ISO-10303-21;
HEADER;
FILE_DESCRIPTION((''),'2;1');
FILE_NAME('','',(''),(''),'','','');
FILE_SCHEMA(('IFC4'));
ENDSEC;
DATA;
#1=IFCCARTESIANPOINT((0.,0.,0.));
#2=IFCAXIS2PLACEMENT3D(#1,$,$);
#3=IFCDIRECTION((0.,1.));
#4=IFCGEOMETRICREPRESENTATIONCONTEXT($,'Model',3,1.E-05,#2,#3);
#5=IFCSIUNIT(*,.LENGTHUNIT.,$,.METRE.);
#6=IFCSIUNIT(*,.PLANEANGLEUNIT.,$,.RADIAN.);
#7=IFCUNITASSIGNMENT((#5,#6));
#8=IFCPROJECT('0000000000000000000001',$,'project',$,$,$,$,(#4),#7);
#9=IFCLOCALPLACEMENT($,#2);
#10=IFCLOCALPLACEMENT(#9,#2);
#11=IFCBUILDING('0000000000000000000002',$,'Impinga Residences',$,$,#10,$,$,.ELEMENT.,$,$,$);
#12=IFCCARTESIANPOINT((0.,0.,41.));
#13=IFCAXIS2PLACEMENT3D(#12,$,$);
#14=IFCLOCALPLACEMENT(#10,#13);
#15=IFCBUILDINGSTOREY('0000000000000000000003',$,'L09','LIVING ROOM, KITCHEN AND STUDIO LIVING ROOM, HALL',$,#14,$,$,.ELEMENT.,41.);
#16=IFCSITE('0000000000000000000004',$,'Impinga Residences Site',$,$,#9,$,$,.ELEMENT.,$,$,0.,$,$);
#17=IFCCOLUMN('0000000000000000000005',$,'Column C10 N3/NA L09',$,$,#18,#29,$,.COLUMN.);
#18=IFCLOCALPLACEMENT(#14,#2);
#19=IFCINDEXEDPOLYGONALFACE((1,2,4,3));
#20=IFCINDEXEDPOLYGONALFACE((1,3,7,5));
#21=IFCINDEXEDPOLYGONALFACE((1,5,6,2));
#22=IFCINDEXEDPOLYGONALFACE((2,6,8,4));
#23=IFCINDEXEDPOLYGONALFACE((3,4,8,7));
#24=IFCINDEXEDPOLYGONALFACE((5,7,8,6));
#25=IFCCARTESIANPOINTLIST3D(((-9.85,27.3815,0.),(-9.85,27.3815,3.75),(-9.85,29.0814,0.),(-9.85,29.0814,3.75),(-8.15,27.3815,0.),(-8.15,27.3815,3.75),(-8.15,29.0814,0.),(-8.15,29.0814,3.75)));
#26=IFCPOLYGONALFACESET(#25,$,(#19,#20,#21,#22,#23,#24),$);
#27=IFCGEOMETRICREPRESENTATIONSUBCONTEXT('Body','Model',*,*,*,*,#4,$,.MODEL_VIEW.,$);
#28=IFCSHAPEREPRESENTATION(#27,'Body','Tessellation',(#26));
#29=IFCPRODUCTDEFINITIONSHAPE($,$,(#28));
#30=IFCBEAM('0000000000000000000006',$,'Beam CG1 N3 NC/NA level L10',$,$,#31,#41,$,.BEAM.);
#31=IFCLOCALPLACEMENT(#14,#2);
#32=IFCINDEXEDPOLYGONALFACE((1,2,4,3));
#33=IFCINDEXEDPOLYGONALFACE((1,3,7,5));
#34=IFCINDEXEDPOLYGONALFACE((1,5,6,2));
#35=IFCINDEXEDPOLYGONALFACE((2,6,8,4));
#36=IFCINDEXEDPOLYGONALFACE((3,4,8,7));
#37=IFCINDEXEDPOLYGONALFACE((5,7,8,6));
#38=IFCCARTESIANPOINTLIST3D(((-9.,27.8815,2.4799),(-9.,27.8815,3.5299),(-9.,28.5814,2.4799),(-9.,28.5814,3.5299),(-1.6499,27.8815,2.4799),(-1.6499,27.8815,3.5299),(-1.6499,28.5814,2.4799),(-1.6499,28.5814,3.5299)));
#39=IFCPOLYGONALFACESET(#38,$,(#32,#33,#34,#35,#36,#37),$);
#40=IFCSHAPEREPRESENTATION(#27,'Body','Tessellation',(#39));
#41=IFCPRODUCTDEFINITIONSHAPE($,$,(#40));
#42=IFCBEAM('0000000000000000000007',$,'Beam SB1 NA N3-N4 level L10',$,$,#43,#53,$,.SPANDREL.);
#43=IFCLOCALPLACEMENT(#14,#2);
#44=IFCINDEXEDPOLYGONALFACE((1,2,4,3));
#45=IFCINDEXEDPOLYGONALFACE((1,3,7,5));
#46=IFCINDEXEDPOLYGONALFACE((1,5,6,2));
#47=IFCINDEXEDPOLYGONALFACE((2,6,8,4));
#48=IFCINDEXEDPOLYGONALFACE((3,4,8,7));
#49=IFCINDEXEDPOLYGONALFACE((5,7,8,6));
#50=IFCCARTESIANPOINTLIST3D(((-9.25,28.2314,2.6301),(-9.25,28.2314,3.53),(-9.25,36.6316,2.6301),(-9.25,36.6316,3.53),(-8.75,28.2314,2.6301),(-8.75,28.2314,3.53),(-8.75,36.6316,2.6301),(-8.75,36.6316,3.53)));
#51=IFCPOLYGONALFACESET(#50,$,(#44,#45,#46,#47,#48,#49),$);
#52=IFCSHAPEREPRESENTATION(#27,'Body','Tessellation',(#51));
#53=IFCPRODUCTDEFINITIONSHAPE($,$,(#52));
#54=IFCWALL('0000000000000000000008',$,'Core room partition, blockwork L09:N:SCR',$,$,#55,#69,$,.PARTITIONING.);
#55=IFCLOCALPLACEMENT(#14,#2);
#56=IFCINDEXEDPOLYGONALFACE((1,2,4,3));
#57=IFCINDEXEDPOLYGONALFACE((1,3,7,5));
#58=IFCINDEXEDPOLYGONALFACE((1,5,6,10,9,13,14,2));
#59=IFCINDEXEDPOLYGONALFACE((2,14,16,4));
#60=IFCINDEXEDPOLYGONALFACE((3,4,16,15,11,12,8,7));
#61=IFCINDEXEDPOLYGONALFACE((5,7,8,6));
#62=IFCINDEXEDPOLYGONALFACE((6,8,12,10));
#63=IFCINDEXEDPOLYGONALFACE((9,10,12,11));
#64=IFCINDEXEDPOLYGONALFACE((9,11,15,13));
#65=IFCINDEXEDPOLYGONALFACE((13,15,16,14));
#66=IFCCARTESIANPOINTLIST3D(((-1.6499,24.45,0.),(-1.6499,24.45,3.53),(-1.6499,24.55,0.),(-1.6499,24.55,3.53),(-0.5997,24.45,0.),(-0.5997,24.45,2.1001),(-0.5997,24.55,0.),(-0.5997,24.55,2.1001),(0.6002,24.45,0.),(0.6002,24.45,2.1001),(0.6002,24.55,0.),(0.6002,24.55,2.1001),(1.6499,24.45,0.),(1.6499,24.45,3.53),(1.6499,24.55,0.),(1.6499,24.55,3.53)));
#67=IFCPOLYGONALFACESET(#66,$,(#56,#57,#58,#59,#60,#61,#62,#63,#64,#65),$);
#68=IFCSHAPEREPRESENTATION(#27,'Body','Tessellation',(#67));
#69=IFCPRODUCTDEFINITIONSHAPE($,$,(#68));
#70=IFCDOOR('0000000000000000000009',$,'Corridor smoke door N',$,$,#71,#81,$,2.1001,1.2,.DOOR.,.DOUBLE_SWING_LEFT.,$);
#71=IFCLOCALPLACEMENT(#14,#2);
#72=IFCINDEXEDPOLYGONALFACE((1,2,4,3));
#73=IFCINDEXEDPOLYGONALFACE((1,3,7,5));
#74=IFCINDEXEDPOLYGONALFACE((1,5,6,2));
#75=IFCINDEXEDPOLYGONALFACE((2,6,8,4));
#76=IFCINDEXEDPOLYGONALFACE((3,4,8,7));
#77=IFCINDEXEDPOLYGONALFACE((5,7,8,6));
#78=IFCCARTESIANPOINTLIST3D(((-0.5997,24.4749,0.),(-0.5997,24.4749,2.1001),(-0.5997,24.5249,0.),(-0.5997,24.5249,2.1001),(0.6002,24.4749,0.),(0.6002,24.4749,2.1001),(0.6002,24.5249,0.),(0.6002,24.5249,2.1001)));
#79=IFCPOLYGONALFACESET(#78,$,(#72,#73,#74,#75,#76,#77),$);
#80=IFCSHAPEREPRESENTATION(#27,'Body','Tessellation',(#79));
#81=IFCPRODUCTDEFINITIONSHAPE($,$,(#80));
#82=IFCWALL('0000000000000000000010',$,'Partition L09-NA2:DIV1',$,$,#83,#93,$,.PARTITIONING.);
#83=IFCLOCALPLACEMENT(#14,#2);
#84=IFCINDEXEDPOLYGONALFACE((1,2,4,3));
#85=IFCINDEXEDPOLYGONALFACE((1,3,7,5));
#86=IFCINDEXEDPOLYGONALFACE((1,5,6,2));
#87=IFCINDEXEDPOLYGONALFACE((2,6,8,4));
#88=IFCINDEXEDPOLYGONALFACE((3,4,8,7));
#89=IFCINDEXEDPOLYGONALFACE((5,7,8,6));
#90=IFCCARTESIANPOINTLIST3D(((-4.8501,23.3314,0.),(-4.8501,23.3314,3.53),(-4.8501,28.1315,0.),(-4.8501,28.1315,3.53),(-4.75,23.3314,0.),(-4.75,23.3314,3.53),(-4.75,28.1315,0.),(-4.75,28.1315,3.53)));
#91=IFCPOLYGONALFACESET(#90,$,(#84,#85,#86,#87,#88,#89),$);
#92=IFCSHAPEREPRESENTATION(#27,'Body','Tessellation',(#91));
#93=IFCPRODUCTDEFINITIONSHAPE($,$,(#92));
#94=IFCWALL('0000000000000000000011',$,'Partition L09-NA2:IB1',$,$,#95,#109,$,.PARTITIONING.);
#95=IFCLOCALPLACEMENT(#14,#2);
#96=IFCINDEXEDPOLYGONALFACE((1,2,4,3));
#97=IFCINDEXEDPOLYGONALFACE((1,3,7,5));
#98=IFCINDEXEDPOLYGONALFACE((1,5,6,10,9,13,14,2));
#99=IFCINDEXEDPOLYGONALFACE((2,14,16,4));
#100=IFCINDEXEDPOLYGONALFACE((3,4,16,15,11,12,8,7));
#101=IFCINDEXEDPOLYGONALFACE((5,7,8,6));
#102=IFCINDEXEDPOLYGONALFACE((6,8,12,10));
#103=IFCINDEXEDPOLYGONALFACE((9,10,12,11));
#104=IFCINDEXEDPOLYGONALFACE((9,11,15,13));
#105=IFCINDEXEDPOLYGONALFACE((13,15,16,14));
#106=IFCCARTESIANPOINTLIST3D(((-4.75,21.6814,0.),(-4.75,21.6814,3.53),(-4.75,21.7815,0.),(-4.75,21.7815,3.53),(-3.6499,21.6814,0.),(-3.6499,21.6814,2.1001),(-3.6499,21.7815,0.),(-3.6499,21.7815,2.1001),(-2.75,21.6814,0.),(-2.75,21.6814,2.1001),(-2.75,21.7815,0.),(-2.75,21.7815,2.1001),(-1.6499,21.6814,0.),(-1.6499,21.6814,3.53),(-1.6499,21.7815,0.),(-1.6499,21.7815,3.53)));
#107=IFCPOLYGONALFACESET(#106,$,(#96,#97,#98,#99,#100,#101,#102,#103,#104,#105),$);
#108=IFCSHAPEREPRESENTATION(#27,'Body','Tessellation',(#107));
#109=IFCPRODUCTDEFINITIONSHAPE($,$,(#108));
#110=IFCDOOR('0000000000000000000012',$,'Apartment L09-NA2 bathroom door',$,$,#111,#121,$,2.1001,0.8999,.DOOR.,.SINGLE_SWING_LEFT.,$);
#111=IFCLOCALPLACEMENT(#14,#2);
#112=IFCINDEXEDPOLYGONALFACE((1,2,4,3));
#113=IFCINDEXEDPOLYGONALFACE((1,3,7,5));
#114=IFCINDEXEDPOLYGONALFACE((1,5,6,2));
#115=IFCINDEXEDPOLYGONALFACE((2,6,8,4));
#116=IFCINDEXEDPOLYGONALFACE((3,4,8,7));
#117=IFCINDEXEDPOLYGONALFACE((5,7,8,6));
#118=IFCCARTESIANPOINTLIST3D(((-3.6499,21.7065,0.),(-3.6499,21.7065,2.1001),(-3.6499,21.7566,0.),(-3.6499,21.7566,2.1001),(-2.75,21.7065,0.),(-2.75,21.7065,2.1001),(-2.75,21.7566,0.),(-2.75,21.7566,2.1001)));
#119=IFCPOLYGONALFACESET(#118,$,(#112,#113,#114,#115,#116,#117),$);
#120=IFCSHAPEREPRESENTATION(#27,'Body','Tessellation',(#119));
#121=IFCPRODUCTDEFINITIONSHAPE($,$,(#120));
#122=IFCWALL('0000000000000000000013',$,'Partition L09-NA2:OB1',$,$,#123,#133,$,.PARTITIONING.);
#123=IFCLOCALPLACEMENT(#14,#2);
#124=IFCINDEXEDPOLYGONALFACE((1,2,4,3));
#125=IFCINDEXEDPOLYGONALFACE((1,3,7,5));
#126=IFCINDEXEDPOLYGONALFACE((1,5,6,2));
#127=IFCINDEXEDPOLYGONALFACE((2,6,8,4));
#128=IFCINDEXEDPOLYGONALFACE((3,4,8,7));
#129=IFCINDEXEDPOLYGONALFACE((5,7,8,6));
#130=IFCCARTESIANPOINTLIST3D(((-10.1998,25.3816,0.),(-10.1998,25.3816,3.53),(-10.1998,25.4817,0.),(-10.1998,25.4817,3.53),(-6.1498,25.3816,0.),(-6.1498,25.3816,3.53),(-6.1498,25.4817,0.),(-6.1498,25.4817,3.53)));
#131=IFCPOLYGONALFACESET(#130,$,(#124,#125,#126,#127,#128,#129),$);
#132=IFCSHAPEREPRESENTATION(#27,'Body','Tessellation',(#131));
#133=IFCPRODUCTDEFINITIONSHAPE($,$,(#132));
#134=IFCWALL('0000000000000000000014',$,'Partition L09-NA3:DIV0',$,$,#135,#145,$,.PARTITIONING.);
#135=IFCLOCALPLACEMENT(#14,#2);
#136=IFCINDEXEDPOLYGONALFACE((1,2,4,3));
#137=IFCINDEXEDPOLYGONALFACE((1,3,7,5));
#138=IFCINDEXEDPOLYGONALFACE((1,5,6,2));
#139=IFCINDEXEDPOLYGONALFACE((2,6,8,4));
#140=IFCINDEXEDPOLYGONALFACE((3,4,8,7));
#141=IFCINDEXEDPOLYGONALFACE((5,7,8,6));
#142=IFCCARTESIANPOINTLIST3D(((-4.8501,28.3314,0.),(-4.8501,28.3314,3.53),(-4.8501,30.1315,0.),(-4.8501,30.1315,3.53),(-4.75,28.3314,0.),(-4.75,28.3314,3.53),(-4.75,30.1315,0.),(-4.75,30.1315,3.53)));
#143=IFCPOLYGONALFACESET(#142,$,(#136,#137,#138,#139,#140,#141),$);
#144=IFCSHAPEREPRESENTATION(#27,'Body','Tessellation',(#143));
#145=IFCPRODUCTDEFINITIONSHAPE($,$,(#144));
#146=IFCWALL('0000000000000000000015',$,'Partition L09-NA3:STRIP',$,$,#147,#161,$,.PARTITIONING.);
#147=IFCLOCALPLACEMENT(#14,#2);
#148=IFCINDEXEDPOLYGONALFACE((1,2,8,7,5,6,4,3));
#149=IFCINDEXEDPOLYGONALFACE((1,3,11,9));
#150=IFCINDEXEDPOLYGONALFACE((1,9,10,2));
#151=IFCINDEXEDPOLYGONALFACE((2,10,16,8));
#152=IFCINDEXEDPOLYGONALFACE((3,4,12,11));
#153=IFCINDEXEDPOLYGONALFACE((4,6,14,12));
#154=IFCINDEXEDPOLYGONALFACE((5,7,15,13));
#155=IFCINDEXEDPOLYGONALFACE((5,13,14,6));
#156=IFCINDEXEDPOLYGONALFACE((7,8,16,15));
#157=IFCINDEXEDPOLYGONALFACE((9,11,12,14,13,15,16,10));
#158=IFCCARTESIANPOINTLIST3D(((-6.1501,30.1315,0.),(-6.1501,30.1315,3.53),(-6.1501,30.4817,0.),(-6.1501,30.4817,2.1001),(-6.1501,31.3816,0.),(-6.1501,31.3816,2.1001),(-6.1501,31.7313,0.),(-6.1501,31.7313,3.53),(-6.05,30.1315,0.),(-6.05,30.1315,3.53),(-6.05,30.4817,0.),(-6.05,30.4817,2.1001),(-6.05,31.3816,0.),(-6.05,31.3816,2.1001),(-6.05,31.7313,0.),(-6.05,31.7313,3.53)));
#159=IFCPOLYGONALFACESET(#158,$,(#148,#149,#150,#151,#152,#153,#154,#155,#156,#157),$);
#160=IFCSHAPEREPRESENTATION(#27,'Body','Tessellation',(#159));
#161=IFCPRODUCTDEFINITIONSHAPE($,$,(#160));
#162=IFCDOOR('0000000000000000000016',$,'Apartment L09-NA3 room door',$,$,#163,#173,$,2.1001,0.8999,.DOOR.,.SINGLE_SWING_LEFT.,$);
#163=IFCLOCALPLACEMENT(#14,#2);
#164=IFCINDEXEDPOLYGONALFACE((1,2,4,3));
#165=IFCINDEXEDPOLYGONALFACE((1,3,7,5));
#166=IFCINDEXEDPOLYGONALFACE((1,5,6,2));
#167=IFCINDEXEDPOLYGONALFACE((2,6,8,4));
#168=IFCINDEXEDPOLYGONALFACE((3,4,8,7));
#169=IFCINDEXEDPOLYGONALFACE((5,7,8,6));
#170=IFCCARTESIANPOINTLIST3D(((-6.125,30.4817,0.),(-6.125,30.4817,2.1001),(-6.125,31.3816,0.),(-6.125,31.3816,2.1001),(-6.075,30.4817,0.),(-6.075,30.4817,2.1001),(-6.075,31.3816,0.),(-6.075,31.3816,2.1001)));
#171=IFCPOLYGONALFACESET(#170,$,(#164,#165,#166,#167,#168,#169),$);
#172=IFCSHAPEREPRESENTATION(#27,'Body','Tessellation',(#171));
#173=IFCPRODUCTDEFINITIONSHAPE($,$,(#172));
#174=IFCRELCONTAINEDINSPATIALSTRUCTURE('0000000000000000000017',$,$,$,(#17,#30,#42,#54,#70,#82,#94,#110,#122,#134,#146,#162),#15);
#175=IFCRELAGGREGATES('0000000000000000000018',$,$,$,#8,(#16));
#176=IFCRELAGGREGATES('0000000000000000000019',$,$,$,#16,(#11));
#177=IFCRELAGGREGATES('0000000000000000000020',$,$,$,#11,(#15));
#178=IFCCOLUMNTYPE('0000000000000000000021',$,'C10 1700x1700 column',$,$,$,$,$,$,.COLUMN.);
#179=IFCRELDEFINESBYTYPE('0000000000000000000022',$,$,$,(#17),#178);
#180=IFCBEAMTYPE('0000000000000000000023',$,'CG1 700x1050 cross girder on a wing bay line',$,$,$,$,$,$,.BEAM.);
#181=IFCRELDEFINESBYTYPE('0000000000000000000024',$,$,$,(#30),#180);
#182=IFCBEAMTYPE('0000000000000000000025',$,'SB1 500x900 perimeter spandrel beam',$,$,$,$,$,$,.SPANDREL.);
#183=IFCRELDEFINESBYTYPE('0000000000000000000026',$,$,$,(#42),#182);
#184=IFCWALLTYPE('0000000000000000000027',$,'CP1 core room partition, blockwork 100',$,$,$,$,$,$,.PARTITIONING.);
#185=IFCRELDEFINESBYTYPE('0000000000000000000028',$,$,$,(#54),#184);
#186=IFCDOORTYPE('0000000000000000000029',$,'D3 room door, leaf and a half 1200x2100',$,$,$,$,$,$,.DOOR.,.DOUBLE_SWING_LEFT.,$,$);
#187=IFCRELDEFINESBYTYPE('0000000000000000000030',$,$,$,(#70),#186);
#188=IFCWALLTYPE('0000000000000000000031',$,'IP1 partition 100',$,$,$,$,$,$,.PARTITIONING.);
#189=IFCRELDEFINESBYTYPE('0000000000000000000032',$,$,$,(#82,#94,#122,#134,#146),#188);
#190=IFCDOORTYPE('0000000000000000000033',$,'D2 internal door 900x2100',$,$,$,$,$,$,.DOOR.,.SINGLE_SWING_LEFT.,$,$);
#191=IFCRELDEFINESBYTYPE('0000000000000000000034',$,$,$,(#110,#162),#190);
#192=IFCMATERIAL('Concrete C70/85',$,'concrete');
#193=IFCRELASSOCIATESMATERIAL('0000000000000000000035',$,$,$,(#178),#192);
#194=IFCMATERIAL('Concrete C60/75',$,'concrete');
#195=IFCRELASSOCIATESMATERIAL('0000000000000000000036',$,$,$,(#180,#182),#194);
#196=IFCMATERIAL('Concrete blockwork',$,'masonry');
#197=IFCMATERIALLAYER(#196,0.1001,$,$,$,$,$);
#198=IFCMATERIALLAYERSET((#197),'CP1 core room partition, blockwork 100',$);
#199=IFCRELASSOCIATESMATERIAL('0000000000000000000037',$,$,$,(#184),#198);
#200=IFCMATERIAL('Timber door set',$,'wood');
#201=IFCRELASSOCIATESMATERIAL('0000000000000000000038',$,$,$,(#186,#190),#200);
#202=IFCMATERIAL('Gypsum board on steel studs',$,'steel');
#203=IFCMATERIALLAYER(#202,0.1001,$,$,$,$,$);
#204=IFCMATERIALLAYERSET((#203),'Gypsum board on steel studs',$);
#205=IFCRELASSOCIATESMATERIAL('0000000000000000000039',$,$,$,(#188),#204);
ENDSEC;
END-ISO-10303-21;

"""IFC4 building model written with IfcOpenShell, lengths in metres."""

from ifc_helpers import new_model, si_unit, direction, frame, frame_2d, origin, origin_2d, place, context, subcontext, project, spatial, rectangle, extrude, material, layer, layer_set, material_profile, profile_set, type_object, element, fill, save


model = new_model("IFC4")

# Units and contexts
model_context = context("Model", 3, precision=1e-05, world=origin(), true_north=direction((0.0, 1.0)))
body_context = subcontext(model_context, "Body", "Model", "MODEL_VIEW")
ifc_project = project(units=[si_unit("LENGTHUNIT", "METRE"), si_unit("PLANEANGLEUNIT", "RADIAN")], contexts=[model_context])

# Site, building, storey
site_placement = place(None, origin())
site = spatial("IfcSite", under=ifc_project, at=site_placement, Name="Impinga Residences Site", CompositionType="ELEMENT", RefElevation=0.0)
building_placement = place(site_placement, origin())
building = spatial("IfcBuilding", under=site, at=building_placement, Name="Impinga Residences", CompositionType="ELEMENT")
storey_placement = place(building_placement, frame((0.0, 0.0, 41.0)))
storey = spatial("IfcBuildingStorey", under=building, at=storey_placement, Name="L09", Description="LIVING ROOM, KITCHEN AND STUDIO LIVING ROOM, HALL", CompositionType="ELEMENT", Elevation=41.0)

# Column
ifc_material_1 = material(Name="Concrete C70/85", Category="concrete")
ifc_material_profile_1 = material_profile(ifc_material_1, rectangle(XDim=1.7, YDim=1.7, at=origin_2d()), Name="RC 1700x1700")
ifc_profile_set_1 = profile_set([ifc_material_profile_1], Name="Concrete C70/85")
column_type = type_object("IfcColumnType", Name="C10 1700x1700 column", PredefinedType="COLUMN", material=ifc_profile_set_1)
column_placement = place(storey_placement, frame((-9.0, 28.2314, 0.0), z_axis=(0.0, 0.0, 1.0), x_axis=(1.0, 0.0, 0.0)))
element("IfcColumn", 1, at=column_placement, inside=storey, type_object=column_type, Name="Column C10 N3/NA L09", PredefinedType="COLUMN", context=body_context, shape_type="SweptSolid", body=[
    extrude(rectangle(XDim=1.7, YDim=1.7, at=origin_2d()), origin(), (0.0, 0.0, 1.0), 3.75),
])

# Beams
ifc_material_2 = material(Name="Concrete C60/75", Category="concrete")
ifc_material_profile_2 = material_profile(ifc_material_2, rectangle(XDim=0.7, YDim=1.05, at=origin_2d()), Name="RC 700x1050")
ifc_profile_set_2 = profile_set([ifc_material_profile_2], Name="Concrete C60/75")
beam_type_1 = type_object("IfcBeamType", Name="CG1 700x1050 cross girder on a wing bay line", PredefinedType="BEAM", material=ifc_profile_set_2)
beam_1_placement = place(storey_placement, frame((-1.6499, 28.2314, 3.0049), z_axis=(-1.0, 0.0, 0.0), x_axis=(0.0, -1.0, 0.0)))
element("IfcBeam", 2, at=beam_1_placement, inside=storey, type_object=beam_type_1, Name="Beam CG1 N3 NC/NA level L10", PredefinedType="BEAM", context=body_context, shape_type="SweptSolid", body=[
    extrude(rectangle(XDim=0.7, YDim=1.05, at=origin_2d()), origin(), (0.0, 0.0, 1.0), 7.3501),
])
ifc_material_profile_3 = material_profile(ifc_material_2, rectangle(XDim=0.5, YDim=0.8999, at=origin_2d()), Name="RC 500x900")
ifc_profile_set_3 = profile_set([ifc_material_profile_3], Name="Concrete C60/75")
beam_type_2 = type_object("IfcBeamType", Name="SB1 500x900 perimeter spandrel beam", PredefinedType="SPANDREL", material=ifc_profile_set_3)
beam_2_placement = place(storey_placement, frame((-9.0, 28.2314, 3.0801), z_axis=(0.0, 1.0, 0.0), x_axis=(-1.0, 0.0, 0.0)))
element("IfcBeam", 3, at=beam_2_placement, inside=storey, type_object=beam_type_2, Name="Beam SB1 NA N3-N4 level L10", PredefinedType="SPANDREL", context=body_context, shape_type="SweptSolid", body=[
    extrude(rectangle(XDim=0.5, YDim=0.8999, at=origin_2d()), origin(), (0.0, 0.0, 1.0), 8.4001),
])

# Wall, opening, door
ifc_material_3 = material(Name="Concrete blockwork", Category="masonry")
ifc_layer_1 = layer(ifc_material_3, 0.1001)
ifc_layer_set_1 = layer_set([ifc_layer_1], Name="CP1 core room partition, blockwork 100")
wall_type_1 = type_object("IfcWallType", Name="CP1 core room partition, blockwork 100", PredefinedType="PARTITIONING", material=ifc_layer_set_1)
wall_1_placement = place(storey_placement, frame((-1.6499, 24.5, 0.0), z_axis=(0.0, 0.0, 1.0), x_axis=(1.0, 0.0, 0.0)))
wall_1 = element("IfcWall", 4, at=wall_1_placement, inside=storey, type_object=wall_type_1, Name="Core room partition, blockwork L09:N:SCR", PredefinedType="PARTITIONING", context=body_context, shape_type="SweptSolid", body=[
    extrude(rectangle(XDim=3.2998, YDim=0.1001, at=frame_2d((1.6499, 0.0))), origin(), (0.0, 0.0, 1.0), 3.53),
])
opening_1_placement = place(wall_1_placement, frame((1.05, 0.0, 0.0)))
opening_1 = element("IfcOpeningElement", 5, at=opening_1_placement, cuts=wall_1, PredefinedType="OPENING", context=body_context, shape_type="SweptSolid", body=[
    extrude(rectangle(XDim=1.2, YDim=2.1001, at=frame_2d((0.6001, 1.05))), frame((0.0, 0.0601, 0.0), z_axis=(0.0, -1.0, 0.0), x_axis=(1.0, 0.0, 0.0)), (0.0, 0.0, 1.0), 0.1201),
])
ifc_material_4 = material(Name="Timber door set", Category="wood")
door_type_1 = type_object("IfcDoorType", Name="D3 room door, leaf and a half 1200x2100", OperationType="DOUBLE_SWING_LEFT", PredefinedType="DOOR", material=ifc_material_4)
door_1_placement = place(opening_1_placement, origin())
door_1 = element("IfcDoor", 6, at=door_1_placement, inside=storey, type_object=door_type_1, Name="Corridor smoke door N", OperationType="DOUBLE_SWING_LEFT", OverallHeight=2.1001, OverallWidth=1.2, PredefinedType="DOOR", context=body_context, shape_type="SweptSolid", body=[
    extrude(rectangle(XDim=1.2, YDim=2.1001, at=frame_2d((0.6001, 1.05))), frame((0.0, 0.0249, 0.0), z_axis=(0.0, -1.0, 0.0), x_axis=(1.0, 0.0, 0.0)), (0.0, 0.0, 1.0), 0.05),
])
fill(opening_1, door_1)

# Wall
ifc_material_5 = material(Name="Gypsum board on steel studs", Category="steel")
ifc_layer_2 = layer(ifc_material_5, 0.1001)
ifc_layer_set_2 = layer_set([ifc_layer_2], Name="Gypsum board on steel studs")
wall_type_2 = type_object("IfcWallType", Name="IP1 partition 100", PredefinedType="PARTITIONING", material=ifc_layer_set_2)
wall_2_placement = place(storey_placement, frame((-4.8, 23.3315, 0.0), z_axis=(0.0, 0.0, 1.0), x_axis=(0.0, 1.0, 0.0)))
element("IfcWall", 7, at=wall_2_placement, inside=storey, type_object=wall_type_2, Name="Partition L09-NA2:DIV1", PredefinedType="PARTITIONING", context=body_context, shape_type="SweptSolid", body=[
    extrude(rectangle(XDim=4.8, YDim=0.1001, at=frame_2d((2.3999, 0.0))), origin(), (0.0, 0.0, 1.0), 3.53),
])

# Wall, opening, door
wall_3_placement = place(storey_placement, frame((-1.6499, 21.7314, 0.0), z_axis=(0.0, 0.0, 1.0), x_axis=(-1.0, 0.0, 0.0)))
wall_3 = element("IfcWall", 8, at=wall_3_placement, inside=storey, type_object=wall_type_2, Name="Partition L09-NA2:IB1", PredefinedType="PARTITIONING", context=body_context, shape_type="SweptSolid", body=[
    extrude(rectangle(XDim=3.1001, YDim=0.1001, at=frame_2d((1.55, 0.0))), origin(), (0.0, 0.0, 1.0), 3.53),
])
opening_2_placement = place(wall_3_placement, frame((1.1001, 0.0, 0.0)))
opening_2 = element("IfcOpeningElement", 9, at=opening_2_placement, cuts=wall_3, PredefinedType="OPENING", context=body_context, shape_type="SweptSolid", body=[
    extrude(rectangle(XDim=0.8999, YDim=2.1001, at=frame_2d((0.45, 1.05))), frame((0.0, 0.0601, 0.0), z_axis=(0.0, -1.0, 0.0), x_axis=(1.0, 0.0, 0.0)), (0.0, 0.0, 1.0), 0.1201),
])
door_type_2 = type_object("IfcDoorType", Name="D2 internal door 900x2100", OperationType="SINGLE_SWING_LEFT", PredefinedType="DOOR", material=ifc_material_4)
door_2_placement = place(opening_2_placement, origin())
door_2 = element("IfcDoor", 10, at=door_2_placement, inside=storey, type_object=door_type_2, Name="Apartment L09-NA2 bathroom door", OperationType="SINGLE_SWING_LEFT", OverallHeight=2.1001, OverallWidth=0.8999, PredefinedType="DOOR", context=body_context, shape_type="SweptSolid", body=[
    extrude(rectangle(XDim=0.8999, YDim=2.1001, at=frame_2d((0.45, 1.05))), frame((0.0, 0.0249, 0.0), z_axis=(0.0, -1.0, 0.0), x_axis=(1.0, 0.0, 0.0)), (0.0, 0.0, 1.0), 0.05),
])
fill(opening_2, door_2)

# Walls
wall_4_placement = place(storey_placement, frame((-6.1499, 25.4316, 0.0), z_axis=(0.0, 0.0, 1.0), x_axis=(-1.0, 0.0, 0.0)))
element("IfcWall", 11, at=wall_4_placement, inside=storey, type_object=wall_type_2, Name="Partition L09-NA2:OB1", PredefinedType="PARTITIONING", context=body_context, shape_type="SweptSolid", body=[
    extrude(rectangle(XDim=4.05, YDim=0.1001, at=frame_2d((2.0249, 0.0))), origin(), (0.0, 0.0, 1.0), 3.53),
])
wall_5_placement = place(storey_placement, frame((-4.8, 28.3315, 0.0), z_axis=(0.0, 0.0, 1.0), x_axis=(0.0, 1.0, 0.0)))
element("IfcWall", 12, at=wall_5_placement, inside=storey, type_object=wall_type_2, Name="Partition L09-NA3:DIV0", PredefinedType="PARTITIONING", context=body_context, shape_type="SweptSolid", body=[
    extrude(rectangle(XDim=1.8, YDim=0.1001, at=frame_2d((0.8999, 0.0))), origin(), (0.0, 0.0, 1.0), 3.53),
])

# Wall, opening, door
wall_6_placement = place(storey_placement, frame((-6.1001, 30.1316, 0.0), z_axis=(0.0, 0.0, 1.0), x_axis=(0.0, 1.0, 0.0)))
wall_6 = element("IfcWall", 13, at=wall_6_placement, inside=storey, type_object=wall_type_2, Name="Partition L09-NA3:STRIP", PredefinedType="PARTITIONING", context=body_context, shape_type="SweptSolid", body=[
    extrude(rectangle(XDim=1.5999, YDim=0.1001, at=frame_2d((0.7998, 0.0))), origin(), (0.0, 0.0, 1.0), 3.53),
])
opening_3_placement = place(wall_6_placement, frame((0.3501, 0.0, 0.0)))
opening_3 = element("IfcOpeningElement", 14, at=opening_3_placement, cuts=wall_6, PredefinedType="OPENING", context=body_context, shape_type="SweptSolid", body=[
    extrude(rectangle(XDim=0.8999, YDim=2.1001, at=frame_2d((0.45, 1.05))), frame((0.0, 0.0601, 0.0), z_axis=(0.0, -1.0, 0.0), x_axis=(1.0, 0.0, 0.0)), (0.0, 0.0, 1.0), 0.1201),
])
door_3_placement = place(opening_3_placement, origin())
door_3 = element("IfcDoor", 15, at=door_3_placement, inside=storey, type_object=door_type_2, Name="Apartment L09-NA3 room door", OperationType="SINGLE_SWING_LEFT", OverallHeight=2.1001, OverallWidth=0.8999, PredefinedType="DOOR", context=body_context, shape_type="SweptSolid", body=[
    extrude(rectangle(XDim=0.8999, YDim=2.1001, at=frame_2d((0.45, 1.05))), frame((0.0, 0.0249, 0.0), z_axis=(0.0, -1.0, 0.0), x_axis=(1.0, 0.0, 0.0)), (0.0, 0.0, 1.0), 0.05),
])
fill(opening_3, door_3)

save(model, "model.ifc")
